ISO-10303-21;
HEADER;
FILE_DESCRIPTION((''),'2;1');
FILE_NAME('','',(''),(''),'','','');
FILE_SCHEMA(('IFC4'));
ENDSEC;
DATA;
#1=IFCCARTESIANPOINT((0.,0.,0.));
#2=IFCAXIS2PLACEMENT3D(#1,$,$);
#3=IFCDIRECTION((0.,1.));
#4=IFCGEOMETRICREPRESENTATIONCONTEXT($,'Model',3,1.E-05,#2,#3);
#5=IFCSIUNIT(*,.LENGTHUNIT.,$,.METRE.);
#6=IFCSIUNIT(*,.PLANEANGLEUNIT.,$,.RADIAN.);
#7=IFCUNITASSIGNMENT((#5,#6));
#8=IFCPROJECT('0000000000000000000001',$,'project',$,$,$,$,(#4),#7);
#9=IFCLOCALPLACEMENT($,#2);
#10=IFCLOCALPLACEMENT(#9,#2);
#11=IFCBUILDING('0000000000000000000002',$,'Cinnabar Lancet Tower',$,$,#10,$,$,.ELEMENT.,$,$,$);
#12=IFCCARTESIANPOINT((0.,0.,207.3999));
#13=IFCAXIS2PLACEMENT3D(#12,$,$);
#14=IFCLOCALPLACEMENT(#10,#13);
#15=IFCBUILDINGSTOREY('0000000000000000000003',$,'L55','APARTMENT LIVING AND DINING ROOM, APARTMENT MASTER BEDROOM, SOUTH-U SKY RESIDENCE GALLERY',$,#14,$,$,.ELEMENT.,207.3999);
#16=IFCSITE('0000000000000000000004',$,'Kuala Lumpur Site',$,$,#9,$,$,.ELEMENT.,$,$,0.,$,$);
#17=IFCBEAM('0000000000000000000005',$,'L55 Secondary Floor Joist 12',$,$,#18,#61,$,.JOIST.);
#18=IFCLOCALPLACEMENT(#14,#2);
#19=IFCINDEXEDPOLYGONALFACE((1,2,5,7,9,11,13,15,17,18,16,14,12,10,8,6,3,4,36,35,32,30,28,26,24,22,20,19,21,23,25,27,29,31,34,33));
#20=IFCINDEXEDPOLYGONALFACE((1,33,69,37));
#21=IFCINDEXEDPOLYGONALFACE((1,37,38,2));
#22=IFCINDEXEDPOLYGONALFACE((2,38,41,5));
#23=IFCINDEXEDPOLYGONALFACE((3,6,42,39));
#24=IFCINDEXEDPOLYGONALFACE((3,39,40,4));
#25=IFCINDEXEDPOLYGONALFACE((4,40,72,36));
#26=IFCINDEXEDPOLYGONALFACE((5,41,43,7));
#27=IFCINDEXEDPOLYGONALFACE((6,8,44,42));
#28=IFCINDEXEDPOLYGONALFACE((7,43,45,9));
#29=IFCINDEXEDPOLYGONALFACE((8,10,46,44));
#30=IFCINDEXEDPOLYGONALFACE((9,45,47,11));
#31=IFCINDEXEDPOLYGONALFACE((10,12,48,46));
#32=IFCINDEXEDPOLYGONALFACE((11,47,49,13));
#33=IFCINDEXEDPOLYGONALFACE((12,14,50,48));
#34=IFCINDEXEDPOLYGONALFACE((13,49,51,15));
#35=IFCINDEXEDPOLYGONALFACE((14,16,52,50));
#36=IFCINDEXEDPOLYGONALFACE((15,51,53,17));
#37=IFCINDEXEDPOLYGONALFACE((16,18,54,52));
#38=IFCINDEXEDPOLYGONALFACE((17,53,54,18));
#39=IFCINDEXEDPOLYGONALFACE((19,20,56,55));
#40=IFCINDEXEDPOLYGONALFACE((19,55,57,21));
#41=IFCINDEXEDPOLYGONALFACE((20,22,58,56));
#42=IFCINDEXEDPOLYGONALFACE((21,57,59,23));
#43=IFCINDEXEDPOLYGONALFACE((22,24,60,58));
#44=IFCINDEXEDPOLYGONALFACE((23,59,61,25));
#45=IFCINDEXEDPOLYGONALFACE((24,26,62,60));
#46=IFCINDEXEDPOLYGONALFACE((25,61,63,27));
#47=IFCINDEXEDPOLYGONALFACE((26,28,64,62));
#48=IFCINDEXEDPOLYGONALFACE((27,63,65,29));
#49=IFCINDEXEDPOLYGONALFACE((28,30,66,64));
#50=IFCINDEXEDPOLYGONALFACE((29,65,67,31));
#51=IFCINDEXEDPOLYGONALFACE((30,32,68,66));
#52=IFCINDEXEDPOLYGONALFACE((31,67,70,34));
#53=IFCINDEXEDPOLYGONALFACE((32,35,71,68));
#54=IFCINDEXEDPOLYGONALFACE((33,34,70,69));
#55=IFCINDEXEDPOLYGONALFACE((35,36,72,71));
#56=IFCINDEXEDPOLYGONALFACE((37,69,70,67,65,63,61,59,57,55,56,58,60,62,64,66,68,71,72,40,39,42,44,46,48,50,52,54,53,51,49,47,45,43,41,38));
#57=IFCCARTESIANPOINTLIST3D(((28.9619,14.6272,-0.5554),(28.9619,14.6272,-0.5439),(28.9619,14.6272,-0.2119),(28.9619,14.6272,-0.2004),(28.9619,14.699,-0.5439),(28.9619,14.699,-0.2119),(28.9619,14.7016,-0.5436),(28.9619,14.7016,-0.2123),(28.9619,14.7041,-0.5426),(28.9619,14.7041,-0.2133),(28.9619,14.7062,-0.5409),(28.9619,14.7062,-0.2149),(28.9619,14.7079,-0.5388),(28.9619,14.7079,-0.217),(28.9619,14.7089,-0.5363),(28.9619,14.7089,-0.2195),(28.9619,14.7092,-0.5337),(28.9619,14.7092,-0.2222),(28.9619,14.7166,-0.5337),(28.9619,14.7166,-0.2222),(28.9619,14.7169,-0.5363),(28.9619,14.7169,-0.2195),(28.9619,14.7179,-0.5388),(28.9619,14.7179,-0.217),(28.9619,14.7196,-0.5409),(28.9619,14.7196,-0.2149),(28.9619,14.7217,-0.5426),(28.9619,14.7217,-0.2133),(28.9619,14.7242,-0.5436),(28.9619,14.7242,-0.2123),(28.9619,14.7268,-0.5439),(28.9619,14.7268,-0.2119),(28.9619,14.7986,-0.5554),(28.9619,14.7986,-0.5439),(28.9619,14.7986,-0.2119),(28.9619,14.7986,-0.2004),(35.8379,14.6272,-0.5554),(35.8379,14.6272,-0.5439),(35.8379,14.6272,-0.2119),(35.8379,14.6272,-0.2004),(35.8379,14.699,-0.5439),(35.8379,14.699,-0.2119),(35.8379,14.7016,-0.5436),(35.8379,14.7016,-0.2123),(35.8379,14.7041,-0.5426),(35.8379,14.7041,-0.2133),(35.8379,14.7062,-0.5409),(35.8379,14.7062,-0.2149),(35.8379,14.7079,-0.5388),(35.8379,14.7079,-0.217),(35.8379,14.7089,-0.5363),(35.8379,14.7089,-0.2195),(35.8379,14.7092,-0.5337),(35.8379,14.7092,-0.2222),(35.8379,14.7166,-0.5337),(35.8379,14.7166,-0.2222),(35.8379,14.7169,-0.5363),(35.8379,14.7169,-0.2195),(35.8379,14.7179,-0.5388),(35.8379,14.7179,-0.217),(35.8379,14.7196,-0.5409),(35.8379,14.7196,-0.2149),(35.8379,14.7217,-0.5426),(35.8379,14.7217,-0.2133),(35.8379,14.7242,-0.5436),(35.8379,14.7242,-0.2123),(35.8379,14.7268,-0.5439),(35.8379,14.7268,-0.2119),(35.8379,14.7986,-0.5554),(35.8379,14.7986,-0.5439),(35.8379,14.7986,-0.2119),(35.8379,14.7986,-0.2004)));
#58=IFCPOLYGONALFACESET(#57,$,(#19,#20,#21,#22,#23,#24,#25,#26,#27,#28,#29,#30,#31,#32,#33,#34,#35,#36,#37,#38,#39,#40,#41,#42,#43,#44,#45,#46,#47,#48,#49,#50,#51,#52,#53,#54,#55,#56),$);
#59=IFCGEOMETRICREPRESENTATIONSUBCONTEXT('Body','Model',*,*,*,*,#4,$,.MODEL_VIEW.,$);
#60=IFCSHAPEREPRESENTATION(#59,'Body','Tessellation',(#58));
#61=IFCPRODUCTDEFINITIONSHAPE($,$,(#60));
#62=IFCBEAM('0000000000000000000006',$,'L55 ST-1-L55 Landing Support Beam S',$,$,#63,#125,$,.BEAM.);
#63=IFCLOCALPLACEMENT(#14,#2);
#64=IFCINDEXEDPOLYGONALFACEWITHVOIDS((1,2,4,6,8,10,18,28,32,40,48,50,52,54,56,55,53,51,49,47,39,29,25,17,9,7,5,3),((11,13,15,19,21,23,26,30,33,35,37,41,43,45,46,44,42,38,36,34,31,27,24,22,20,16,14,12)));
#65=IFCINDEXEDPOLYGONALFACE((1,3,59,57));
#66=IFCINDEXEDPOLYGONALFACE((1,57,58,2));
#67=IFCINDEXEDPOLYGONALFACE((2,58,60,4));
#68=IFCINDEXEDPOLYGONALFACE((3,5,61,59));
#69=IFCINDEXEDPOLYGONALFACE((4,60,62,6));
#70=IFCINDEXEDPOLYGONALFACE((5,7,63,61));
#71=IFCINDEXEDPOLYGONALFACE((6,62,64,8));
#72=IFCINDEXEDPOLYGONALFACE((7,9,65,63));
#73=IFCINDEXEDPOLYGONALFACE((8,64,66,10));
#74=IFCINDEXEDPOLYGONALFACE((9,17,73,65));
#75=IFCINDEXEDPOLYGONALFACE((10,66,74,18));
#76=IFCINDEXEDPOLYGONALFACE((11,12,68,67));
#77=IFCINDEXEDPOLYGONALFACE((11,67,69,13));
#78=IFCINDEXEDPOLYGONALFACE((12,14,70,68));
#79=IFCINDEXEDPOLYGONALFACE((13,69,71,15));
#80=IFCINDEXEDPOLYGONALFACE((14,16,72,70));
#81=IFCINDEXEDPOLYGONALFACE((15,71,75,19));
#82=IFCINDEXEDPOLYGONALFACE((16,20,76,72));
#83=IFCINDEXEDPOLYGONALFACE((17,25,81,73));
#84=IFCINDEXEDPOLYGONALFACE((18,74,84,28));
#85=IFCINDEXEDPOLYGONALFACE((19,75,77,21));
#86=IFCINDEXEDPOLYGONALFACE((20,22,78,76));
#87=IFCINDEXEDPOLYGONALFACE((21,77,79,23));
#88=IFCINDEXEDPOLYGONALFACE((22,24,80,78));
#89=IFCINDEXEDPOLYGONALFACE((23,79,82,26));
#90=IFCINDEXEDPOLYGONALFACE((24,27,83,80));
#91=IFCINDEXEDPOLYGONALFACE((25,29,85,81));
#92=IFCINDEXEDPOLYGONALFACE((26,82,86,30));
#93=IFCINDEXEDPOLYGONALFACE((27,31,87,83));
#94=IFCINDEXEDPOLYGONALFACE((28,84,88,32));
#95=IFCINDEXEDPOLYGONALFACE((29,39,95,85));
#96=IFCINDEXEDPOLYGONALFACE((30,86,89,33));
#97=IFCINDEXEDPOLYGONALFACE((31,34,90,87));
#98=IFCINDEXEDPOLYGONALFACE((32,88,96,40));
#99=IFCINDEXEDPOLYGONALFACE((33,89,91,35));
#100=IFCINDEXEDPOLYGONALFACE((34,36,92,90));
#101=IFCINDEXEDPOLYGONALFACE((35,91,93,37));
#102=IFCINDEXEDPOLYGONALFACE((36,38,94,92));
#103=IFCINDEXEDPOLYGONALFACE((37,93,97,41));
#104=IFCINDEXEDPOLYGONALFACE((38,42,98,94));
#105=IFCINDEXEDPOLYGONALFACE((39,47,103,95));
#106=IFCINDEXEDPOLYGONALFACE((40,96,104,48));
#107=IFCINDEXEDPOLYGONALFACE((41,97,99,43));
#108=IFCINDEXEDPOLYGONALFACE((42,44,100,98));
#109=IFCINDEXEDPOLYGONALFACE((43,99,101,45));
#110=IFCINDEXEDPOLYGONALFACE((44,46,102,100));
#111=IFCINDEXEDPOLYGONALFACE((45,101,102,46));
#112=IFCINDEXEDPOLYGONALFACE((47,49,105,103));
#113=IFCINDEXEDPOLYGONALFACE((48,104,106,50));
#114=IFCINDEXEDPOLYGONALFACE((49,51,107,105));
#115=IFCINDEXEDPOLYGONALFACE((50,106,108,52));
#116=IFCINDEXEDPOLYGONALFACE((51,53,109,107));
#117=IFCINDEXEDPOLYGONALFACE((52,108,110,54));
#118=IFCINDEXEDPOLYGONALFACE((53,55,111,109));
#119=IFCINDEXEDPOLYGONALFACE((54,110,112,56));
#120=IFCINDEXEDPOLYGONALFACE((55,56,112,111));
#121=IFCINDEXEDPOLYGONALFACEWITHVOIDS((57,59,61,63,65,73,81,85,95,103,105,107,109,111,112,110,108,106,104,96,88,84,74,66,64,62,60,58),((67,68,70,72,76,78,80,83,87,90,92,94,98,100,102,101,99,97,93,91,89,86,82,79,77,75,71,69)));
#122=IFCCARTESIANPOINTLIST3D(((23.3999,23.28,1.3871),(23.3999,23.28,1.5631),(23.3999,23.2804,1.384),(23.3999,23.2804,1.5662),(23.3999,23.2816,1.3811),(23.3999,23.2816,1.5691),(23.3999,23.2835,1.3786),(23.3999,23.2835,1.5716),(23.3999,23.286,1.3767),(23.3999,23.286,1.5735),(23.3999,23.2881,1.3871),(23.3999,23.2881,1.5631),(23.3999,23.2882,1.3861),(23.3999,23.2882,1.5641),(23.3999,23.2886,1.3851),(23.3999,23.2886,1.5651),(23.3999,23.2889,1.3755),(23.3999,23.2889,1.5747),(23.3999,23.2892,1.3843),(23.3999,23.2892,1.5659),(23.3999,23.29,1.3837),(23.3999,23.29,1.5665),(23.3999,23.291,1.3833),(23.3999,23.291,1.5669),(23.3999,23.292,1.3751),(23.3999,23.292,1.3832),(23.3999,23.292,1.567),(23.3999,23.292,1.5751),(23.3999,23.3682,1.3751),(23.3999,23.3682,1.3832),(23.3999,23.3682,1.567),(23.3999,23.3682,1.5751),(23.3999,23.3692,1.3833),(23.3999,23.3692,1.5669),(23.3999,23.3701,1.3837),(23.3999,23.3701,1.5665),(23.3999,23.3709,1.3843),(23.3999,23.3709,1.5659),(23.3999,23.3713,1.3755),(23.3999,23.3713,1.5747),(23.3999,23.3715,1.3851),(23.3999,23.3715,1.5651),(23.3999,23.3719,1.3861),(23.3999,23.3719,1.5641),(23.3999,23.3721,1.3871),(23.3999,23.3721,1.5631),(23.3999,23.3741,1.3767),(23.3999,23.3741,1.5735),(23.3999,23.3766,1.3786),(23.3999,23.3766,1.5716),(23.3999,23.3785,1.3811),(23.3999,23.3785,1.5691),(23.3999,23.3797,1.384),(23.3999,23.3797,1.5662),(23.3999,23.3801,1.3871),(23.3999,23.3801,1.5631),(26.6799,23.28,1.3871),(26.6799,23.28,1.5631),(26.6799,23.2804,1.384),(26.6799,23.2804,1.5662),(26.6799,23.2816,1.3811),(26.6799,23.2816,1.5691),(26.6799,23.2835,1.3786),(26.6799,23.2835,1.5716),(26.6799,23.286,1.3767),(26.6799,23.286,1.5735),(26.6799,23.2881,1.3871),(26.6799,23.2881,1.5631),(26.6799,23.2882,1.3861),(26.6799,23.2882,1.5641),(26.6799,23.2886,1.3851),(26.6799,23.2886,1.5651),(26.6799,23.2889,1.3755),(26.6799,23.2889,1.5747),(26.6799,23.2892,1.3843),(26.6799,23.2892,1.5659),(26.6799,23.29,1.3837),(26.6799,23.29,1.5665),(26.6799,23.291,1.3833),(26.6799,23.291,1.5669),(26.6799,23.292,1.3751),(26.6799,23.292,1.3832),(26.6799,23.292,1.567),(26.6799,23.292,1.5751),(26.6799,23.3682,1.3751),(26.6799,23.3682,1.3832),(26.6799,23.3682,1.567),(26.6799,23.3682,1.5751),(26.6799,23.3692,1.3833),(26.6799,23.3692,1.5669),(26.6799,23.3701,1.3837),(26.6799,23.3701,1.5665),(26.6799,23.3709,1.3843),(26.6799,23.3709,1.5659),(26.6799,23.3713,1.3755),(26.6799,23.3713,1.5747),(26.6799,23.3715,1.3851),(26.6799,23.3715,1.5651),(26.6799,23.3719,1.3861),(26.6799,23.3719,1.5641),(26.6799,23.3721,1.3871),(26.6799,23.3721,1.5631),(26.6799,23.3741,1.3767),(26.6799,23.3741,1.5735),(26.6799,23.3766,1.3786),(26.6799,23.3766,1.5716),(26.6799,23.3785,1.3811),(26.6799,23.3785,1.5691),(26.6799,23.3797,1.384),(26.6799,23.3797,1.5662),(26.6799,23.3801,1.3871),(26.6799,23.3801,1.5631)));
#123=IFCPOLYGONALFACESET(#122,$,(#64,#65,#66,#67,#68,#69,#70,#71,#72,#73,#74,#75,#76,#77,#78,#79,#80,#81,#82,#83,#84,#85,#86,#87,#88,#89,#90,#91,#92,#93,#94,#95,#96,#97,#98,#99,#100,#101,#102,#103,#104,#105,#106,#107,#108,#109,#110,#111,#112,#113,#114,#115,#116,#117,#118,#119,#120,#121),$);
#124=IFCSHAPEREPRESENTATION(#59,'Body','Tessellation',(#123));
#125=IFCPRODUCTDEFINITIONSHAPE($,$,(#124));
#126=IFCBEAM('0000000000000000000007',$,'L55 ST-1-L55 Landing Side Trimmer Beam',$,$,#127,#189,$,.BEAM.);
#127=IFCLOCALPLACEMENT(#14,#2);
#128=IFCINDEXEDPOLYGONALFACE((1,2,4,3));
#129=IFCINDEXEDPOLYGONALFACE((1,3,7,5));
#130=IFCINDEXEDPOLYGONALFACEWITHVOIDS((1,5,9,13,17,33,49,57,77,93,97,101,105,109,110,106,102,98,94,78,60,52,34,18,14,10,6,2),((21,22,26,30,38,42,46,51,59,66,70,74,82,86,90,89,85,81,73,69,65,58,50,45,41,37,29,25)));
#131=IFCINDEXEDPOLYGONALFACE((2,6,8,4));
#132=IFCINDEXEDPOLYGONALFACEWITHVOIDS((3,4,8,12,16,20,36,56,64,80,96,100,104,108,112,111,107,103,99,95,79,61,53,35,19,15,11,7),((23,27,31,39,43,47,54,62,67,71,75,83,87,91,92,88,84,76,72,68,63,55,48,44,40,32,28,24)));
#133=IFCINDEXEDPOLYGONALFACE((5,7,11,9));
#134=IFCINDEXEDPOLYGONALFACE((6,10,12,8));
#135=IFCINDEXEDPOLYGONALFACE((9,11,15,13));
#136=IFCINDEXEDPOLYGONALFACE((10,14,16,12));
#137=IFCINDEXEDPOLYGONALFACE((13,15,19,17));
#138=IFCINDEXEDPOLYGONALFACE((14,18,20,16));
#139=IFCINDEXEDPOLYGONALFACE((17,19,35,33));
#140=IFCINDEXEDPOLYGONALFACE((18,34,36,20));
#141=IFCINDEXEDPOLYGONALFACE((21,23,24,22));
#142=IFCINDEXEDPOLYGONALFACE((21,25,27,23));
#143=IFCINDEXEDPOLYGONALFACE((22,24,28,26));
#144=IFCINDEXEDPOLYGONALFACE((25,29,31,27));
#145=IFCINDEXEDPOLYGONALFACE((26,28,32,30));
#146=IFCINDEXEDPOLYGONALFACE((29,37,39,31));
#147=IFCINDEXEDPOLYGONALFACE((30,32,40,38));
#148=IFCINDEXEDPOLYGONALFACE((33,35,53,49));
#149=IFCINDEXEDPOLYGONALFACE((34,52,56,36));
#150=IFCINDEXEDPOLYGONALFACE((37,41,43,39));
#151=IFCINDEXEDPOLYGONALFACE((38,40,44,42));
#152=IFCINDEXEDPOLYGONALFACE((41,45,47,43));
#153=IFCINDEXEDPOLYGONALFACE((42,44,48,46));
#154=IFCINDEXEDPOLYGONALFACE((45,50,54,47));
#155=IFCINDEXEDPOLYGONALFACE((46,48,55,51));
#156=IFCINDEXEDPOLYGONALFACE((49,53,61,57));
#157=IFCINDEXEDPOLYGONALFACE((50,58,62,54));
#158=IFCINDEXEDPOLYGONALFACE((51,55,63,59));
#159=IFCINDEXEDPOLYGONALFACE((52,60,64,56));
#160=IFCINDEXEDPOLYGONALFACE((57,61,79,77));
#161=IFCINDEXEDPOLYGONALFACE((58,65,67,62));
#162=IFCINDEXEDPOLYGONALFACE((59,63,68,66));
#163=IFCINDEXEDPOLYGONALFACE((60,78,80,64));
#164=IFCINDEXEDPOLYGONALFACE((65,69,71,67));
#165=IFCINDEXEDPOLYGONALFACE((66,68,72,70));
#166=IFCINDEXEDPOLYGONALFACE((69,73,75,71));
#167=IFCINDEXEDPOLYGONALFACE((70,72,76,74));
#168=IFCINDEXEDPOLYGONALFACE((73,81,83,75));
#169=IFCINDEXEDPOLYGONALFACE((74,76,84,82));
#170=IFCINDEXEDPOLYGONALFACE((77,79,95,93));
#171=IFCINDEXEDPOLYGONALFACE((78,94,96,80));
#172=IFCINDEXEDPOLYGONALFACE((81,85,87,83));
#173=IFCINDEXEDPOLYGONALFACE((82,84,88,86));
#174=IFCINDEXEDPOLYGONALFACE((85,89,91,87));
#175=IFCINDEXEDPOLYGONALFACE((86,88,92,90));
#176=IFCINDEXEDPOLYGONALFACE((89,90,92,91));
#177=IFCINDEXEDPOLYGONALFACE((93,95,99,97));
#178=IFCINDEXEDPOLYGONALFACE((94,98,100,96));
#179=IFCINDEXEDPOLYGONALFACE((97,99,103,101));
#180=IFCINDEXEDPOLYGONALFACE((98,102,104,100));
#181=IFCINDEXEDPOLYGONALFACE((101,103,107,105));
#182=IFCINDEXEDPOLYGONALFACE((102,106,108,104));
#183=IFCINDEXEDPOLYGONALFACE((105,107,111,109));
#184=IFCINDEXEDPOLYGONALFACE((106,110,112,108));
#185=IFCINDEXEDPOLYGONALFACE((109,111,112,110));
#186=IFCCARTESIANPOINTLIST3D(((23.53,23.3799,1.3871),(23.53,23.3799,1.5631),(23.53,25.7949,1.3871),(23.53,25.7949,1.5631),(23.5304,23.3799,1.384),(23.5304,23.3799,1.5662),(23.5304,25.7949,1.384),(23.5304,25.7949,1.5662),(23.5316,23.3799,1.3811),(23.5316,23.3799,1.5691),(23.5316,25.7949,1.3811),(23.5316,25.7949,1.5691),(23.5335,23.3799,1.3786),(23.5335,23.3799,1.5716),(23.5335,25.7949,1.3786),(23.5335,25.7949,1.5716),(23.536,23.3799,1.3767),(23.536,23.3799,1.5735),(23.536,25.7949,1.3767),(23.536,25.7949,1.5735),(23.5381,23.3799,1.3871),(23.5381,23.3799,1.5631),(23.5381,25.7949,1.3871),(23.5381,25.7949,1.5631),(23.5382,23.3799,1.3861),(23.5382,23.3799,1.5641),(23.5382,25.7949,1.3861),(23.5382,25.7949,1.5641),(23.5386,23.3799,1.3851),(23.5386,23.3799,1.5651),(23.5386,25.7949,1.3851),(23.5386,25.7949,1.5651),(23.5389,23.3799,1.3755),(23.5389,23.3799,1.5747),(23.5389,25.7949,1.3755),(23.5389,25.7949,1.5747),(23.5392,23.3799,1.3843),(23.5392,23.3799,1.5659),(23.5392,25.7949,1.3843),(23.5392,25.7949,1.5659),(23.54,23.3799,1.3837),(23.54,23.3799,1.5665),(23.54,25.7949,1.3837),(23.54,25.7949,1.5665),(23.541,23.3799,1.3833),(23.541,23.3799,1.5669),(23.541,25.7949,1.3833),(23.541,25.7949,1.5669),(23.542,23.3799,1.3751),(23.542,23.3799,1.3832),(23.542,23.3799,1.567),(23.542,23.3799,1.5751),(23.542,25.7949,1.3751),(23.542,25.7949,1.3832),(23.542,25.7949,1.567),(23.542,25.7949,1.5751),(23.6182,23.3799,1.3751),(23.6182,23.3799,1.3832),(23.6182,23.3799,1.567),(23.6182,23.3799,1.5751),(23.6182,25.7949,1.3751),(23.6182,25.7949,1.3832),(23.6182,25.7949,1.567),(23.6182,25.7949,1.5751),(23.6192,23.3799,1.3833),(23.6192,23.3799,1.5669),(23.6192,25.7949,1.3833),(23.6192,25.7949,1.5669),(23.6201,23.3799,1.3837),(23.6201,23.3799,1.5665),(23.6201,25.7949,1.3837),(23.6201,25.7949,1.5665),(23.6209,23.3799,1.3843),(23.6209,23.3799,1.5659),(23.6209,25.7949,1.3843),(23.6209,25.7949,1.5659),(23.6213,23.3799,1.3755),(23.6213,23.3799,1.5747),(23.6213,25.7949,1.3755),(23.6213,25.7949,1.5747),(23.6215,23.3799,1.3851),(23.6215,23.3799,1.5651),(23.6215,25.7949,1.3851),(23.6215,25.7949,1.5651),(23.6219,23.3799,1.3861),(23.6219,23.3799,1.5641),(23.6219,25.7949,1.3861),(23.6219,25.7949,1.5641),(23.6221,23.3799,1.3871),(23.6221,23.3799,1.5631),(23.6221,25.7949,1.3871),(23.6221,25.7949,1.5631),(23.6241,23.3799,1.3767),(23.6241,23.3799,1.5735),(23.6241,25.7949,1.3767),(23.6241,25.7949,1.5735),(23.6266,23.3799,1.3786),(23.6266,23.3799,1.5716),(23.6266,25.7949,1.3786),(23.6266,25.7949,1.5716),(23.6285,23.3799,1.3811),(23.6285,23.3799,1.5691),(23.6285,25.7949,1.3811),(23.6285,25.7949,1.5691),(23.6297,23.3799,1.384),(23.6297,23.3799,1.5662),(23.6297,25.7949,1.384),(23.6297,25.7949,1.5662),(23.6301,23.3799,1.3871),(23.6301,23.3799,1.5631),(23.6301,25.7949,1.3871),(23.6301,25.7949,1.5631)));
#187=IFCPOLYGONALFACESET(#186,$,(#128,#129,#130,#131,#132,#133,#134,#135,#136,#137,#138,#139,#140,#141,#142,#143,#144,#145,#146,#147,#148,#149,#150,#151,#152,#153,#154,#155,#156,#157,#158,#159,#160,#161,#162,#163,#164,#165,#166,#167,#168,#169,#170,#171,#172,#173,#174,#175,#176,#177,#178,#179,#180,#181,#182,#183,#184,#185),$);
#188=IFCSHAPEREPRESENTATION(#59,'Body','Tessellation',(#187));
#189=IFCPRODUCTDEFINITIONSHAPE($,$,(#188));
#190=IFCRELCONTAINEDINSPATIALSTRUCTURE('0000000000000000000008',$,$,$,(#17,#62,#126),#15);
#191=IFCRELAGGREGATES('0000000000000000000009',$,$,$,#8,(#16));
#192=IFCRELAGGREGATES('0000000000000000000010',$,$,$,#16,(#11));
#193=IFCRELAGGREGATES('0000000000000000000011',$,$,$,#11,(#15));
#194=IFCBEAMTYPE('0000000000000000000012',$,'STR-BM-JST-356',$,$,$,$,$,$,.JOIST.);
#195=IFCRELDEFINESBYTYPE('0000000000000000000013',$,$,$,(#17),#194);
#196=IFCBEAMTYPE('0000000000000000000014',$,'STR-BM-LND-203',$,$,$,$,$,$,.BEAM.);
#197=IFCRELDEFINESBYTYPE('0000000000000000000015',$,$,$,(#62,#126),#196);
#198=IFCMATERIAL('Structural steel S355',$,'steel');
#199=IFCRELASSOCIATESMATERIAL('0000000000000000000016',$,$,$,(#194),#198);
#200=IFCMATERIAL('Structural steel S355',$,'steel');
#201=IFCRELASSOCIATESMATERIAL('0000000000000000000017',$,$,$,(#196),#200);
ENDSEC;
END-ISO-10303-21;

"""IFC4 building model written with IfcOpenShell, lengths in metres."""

from ifc_helpers import new_model, si_unit, direction, frame, origin, origin_2d, place, context, subcontext, project, spatial, hollow_rectangle, i_section, extrude, material, material_profile, profile_set, type_object, element, save


model = new_model("IFC4")

# Units and contexts
model_context = context("Model", 3, precision=1e-05, world=origin(), true_north=direction((0.0, 1.0)))
body_context = subcontext(model_context, "Body", "Model", "MODEL_VIEW")
ifc_project = project(units=[si_unit("LENGTHUNIT", "METRE"), si_unit("PLANEANGLEUNIT", "RADIAN")], contexts=[model_context])

# Site, building, storey
site_placement = place(None, origin())
site = spatial("IfcSite", under=ifc_project, at=site_placement, Name="Kuala Lumpur Site", CompositionType="ELEMENT", RefElevation=0.0)
building_placement = place(site_placement, origin())
building = spatial("IfcBuilding", under=site, at=building_placement, Name="Cinnabar Lancet Tower", CompositionType="ELEMENT")
storey_placement = place(building_placement, frame((0.0, 0.0, 207.3999)))
storey = spatial("IfcBuildingStorey", under=building, at=storey_placement, Name="L55", Description="APARTMENT LIVING AND DINING ROOM, APARTMENT MASTER BEDROOM, SOUTH-U SKY RESIDENCE GALLERY", CompositionType="ELEMENT", Elevation=207.3999)

# Beams
ifc_material_1 = material(Name="Structural steel S355", Category="steel")
ifc_material_profile_1 = material_profile(ifc_material_1, i_section(OverallWidth=0.1714, OverallDepth=0.355, WebThickness=0.0073, FlangeThickness=0.0115, FilletRadius=0.0103, at=origin_2d()), Name="UKB 356x171x51")
ifc_profile_set_1 = profile_set([ifc_material_profile_1], Name="Structural steel S355")
beam_type_1 = type_object("IfcBeamType", Name="STR-BM-JST-356", PredefinedType="JOIST", material=ifc_profile_set_1)
beam_1_placement = place(storey_placement, frame((28.9619, 14.7129, -0.3779), z_axis=(1.0, 0.0, 0.0), x_axis=(0.0, 1.0, 0.0)))
element("IfcBeam", 1, at=beam_1_placement, inside=storey, type_object=beam_type_1, Name="L55 Secondary Floor Joist 12", PredefinedType="JOIST", context=body_context, shape_type="SweptSolid", body=[
    extrude(i_section(OverallWidth=0.1714, OverallDepth=0.355, WebThickness=0.0073, FlangeThickness=0.0115, FilletRadius=0.0103, at=origin_2d()), origin(), (0.0, 0.0, 1.0), 6.876),
])
ifc_material_2 = material(Name="Structural steel S355", Category="steel")
ifc_material_profile_2 = material_profile(ifc_material_2, hollow_rectangle(XDim=0.1001, YDim=0.2, WallThickness=0.0081, InnerFilletRadius=0.0039, OuterFilletRadius=0.012, at=origin_2d()), Name="RHS 200x100x8")
ifc_profile_set_2 = profile_set([ifc_material_profile_2], Name="Structural steel S355")
beam_type_2 = type_object("IfcBeamType", Name="STR-BM-LND-203", PredefinedType="BEAM", material=ifc_profile_set_2)
beam_2_placement = place(storey_placement, frame((23.3999, 23.3301, 1.4751), z_axis=(1.0, 0.0, 0.0), x_axis=(0.0, 1.0, 0.0)))
element("IfcBeam", 2, at=beam_2_placement, inside=storey, type_object=beam_type_2, Name="L55 ST-1-L55 Landing Support Beam S", PredefinedType="BEAM", context=body_context, shape_type="SweptSolid", body=[
    extrude(hollow_rectangle(XDim=0.1001, YDim=0.2, WallThickness=0.0081, InnerFilletRadius=0.0039, OuterFilletRadius=0.012, at=origin_2d()), origin(), (0.0, 0.0, 1.0), 3.28),
])
beam_3_placement = place(storey_placement, frame((23.5801, 23.3799, 1.4751), z_axis=(0.0, 1.0, 0.0), x_axis=(-1.0, 0.0, 0.0)))
element("IfcBeam", 3, at=beam_3_placement, inside=storey, type_object=beam_type_2, Name="L55 ST-1-L55 Landing Side Trimmer Beam", PredefinedType="BEAM", context=body_context, shape_type="SweptSolid", body=[
    extrude(hollow_rectangle(XDim=0.1001, YDim=0.2, WallThickness=0.0081, InnerFilletRadius=0.0039, OuterFilletRadius=0.012, at=origin_2d()), origin(), (0.0, 0.0, 1.0), 2.415),
])

save(model, "model.ifc")
